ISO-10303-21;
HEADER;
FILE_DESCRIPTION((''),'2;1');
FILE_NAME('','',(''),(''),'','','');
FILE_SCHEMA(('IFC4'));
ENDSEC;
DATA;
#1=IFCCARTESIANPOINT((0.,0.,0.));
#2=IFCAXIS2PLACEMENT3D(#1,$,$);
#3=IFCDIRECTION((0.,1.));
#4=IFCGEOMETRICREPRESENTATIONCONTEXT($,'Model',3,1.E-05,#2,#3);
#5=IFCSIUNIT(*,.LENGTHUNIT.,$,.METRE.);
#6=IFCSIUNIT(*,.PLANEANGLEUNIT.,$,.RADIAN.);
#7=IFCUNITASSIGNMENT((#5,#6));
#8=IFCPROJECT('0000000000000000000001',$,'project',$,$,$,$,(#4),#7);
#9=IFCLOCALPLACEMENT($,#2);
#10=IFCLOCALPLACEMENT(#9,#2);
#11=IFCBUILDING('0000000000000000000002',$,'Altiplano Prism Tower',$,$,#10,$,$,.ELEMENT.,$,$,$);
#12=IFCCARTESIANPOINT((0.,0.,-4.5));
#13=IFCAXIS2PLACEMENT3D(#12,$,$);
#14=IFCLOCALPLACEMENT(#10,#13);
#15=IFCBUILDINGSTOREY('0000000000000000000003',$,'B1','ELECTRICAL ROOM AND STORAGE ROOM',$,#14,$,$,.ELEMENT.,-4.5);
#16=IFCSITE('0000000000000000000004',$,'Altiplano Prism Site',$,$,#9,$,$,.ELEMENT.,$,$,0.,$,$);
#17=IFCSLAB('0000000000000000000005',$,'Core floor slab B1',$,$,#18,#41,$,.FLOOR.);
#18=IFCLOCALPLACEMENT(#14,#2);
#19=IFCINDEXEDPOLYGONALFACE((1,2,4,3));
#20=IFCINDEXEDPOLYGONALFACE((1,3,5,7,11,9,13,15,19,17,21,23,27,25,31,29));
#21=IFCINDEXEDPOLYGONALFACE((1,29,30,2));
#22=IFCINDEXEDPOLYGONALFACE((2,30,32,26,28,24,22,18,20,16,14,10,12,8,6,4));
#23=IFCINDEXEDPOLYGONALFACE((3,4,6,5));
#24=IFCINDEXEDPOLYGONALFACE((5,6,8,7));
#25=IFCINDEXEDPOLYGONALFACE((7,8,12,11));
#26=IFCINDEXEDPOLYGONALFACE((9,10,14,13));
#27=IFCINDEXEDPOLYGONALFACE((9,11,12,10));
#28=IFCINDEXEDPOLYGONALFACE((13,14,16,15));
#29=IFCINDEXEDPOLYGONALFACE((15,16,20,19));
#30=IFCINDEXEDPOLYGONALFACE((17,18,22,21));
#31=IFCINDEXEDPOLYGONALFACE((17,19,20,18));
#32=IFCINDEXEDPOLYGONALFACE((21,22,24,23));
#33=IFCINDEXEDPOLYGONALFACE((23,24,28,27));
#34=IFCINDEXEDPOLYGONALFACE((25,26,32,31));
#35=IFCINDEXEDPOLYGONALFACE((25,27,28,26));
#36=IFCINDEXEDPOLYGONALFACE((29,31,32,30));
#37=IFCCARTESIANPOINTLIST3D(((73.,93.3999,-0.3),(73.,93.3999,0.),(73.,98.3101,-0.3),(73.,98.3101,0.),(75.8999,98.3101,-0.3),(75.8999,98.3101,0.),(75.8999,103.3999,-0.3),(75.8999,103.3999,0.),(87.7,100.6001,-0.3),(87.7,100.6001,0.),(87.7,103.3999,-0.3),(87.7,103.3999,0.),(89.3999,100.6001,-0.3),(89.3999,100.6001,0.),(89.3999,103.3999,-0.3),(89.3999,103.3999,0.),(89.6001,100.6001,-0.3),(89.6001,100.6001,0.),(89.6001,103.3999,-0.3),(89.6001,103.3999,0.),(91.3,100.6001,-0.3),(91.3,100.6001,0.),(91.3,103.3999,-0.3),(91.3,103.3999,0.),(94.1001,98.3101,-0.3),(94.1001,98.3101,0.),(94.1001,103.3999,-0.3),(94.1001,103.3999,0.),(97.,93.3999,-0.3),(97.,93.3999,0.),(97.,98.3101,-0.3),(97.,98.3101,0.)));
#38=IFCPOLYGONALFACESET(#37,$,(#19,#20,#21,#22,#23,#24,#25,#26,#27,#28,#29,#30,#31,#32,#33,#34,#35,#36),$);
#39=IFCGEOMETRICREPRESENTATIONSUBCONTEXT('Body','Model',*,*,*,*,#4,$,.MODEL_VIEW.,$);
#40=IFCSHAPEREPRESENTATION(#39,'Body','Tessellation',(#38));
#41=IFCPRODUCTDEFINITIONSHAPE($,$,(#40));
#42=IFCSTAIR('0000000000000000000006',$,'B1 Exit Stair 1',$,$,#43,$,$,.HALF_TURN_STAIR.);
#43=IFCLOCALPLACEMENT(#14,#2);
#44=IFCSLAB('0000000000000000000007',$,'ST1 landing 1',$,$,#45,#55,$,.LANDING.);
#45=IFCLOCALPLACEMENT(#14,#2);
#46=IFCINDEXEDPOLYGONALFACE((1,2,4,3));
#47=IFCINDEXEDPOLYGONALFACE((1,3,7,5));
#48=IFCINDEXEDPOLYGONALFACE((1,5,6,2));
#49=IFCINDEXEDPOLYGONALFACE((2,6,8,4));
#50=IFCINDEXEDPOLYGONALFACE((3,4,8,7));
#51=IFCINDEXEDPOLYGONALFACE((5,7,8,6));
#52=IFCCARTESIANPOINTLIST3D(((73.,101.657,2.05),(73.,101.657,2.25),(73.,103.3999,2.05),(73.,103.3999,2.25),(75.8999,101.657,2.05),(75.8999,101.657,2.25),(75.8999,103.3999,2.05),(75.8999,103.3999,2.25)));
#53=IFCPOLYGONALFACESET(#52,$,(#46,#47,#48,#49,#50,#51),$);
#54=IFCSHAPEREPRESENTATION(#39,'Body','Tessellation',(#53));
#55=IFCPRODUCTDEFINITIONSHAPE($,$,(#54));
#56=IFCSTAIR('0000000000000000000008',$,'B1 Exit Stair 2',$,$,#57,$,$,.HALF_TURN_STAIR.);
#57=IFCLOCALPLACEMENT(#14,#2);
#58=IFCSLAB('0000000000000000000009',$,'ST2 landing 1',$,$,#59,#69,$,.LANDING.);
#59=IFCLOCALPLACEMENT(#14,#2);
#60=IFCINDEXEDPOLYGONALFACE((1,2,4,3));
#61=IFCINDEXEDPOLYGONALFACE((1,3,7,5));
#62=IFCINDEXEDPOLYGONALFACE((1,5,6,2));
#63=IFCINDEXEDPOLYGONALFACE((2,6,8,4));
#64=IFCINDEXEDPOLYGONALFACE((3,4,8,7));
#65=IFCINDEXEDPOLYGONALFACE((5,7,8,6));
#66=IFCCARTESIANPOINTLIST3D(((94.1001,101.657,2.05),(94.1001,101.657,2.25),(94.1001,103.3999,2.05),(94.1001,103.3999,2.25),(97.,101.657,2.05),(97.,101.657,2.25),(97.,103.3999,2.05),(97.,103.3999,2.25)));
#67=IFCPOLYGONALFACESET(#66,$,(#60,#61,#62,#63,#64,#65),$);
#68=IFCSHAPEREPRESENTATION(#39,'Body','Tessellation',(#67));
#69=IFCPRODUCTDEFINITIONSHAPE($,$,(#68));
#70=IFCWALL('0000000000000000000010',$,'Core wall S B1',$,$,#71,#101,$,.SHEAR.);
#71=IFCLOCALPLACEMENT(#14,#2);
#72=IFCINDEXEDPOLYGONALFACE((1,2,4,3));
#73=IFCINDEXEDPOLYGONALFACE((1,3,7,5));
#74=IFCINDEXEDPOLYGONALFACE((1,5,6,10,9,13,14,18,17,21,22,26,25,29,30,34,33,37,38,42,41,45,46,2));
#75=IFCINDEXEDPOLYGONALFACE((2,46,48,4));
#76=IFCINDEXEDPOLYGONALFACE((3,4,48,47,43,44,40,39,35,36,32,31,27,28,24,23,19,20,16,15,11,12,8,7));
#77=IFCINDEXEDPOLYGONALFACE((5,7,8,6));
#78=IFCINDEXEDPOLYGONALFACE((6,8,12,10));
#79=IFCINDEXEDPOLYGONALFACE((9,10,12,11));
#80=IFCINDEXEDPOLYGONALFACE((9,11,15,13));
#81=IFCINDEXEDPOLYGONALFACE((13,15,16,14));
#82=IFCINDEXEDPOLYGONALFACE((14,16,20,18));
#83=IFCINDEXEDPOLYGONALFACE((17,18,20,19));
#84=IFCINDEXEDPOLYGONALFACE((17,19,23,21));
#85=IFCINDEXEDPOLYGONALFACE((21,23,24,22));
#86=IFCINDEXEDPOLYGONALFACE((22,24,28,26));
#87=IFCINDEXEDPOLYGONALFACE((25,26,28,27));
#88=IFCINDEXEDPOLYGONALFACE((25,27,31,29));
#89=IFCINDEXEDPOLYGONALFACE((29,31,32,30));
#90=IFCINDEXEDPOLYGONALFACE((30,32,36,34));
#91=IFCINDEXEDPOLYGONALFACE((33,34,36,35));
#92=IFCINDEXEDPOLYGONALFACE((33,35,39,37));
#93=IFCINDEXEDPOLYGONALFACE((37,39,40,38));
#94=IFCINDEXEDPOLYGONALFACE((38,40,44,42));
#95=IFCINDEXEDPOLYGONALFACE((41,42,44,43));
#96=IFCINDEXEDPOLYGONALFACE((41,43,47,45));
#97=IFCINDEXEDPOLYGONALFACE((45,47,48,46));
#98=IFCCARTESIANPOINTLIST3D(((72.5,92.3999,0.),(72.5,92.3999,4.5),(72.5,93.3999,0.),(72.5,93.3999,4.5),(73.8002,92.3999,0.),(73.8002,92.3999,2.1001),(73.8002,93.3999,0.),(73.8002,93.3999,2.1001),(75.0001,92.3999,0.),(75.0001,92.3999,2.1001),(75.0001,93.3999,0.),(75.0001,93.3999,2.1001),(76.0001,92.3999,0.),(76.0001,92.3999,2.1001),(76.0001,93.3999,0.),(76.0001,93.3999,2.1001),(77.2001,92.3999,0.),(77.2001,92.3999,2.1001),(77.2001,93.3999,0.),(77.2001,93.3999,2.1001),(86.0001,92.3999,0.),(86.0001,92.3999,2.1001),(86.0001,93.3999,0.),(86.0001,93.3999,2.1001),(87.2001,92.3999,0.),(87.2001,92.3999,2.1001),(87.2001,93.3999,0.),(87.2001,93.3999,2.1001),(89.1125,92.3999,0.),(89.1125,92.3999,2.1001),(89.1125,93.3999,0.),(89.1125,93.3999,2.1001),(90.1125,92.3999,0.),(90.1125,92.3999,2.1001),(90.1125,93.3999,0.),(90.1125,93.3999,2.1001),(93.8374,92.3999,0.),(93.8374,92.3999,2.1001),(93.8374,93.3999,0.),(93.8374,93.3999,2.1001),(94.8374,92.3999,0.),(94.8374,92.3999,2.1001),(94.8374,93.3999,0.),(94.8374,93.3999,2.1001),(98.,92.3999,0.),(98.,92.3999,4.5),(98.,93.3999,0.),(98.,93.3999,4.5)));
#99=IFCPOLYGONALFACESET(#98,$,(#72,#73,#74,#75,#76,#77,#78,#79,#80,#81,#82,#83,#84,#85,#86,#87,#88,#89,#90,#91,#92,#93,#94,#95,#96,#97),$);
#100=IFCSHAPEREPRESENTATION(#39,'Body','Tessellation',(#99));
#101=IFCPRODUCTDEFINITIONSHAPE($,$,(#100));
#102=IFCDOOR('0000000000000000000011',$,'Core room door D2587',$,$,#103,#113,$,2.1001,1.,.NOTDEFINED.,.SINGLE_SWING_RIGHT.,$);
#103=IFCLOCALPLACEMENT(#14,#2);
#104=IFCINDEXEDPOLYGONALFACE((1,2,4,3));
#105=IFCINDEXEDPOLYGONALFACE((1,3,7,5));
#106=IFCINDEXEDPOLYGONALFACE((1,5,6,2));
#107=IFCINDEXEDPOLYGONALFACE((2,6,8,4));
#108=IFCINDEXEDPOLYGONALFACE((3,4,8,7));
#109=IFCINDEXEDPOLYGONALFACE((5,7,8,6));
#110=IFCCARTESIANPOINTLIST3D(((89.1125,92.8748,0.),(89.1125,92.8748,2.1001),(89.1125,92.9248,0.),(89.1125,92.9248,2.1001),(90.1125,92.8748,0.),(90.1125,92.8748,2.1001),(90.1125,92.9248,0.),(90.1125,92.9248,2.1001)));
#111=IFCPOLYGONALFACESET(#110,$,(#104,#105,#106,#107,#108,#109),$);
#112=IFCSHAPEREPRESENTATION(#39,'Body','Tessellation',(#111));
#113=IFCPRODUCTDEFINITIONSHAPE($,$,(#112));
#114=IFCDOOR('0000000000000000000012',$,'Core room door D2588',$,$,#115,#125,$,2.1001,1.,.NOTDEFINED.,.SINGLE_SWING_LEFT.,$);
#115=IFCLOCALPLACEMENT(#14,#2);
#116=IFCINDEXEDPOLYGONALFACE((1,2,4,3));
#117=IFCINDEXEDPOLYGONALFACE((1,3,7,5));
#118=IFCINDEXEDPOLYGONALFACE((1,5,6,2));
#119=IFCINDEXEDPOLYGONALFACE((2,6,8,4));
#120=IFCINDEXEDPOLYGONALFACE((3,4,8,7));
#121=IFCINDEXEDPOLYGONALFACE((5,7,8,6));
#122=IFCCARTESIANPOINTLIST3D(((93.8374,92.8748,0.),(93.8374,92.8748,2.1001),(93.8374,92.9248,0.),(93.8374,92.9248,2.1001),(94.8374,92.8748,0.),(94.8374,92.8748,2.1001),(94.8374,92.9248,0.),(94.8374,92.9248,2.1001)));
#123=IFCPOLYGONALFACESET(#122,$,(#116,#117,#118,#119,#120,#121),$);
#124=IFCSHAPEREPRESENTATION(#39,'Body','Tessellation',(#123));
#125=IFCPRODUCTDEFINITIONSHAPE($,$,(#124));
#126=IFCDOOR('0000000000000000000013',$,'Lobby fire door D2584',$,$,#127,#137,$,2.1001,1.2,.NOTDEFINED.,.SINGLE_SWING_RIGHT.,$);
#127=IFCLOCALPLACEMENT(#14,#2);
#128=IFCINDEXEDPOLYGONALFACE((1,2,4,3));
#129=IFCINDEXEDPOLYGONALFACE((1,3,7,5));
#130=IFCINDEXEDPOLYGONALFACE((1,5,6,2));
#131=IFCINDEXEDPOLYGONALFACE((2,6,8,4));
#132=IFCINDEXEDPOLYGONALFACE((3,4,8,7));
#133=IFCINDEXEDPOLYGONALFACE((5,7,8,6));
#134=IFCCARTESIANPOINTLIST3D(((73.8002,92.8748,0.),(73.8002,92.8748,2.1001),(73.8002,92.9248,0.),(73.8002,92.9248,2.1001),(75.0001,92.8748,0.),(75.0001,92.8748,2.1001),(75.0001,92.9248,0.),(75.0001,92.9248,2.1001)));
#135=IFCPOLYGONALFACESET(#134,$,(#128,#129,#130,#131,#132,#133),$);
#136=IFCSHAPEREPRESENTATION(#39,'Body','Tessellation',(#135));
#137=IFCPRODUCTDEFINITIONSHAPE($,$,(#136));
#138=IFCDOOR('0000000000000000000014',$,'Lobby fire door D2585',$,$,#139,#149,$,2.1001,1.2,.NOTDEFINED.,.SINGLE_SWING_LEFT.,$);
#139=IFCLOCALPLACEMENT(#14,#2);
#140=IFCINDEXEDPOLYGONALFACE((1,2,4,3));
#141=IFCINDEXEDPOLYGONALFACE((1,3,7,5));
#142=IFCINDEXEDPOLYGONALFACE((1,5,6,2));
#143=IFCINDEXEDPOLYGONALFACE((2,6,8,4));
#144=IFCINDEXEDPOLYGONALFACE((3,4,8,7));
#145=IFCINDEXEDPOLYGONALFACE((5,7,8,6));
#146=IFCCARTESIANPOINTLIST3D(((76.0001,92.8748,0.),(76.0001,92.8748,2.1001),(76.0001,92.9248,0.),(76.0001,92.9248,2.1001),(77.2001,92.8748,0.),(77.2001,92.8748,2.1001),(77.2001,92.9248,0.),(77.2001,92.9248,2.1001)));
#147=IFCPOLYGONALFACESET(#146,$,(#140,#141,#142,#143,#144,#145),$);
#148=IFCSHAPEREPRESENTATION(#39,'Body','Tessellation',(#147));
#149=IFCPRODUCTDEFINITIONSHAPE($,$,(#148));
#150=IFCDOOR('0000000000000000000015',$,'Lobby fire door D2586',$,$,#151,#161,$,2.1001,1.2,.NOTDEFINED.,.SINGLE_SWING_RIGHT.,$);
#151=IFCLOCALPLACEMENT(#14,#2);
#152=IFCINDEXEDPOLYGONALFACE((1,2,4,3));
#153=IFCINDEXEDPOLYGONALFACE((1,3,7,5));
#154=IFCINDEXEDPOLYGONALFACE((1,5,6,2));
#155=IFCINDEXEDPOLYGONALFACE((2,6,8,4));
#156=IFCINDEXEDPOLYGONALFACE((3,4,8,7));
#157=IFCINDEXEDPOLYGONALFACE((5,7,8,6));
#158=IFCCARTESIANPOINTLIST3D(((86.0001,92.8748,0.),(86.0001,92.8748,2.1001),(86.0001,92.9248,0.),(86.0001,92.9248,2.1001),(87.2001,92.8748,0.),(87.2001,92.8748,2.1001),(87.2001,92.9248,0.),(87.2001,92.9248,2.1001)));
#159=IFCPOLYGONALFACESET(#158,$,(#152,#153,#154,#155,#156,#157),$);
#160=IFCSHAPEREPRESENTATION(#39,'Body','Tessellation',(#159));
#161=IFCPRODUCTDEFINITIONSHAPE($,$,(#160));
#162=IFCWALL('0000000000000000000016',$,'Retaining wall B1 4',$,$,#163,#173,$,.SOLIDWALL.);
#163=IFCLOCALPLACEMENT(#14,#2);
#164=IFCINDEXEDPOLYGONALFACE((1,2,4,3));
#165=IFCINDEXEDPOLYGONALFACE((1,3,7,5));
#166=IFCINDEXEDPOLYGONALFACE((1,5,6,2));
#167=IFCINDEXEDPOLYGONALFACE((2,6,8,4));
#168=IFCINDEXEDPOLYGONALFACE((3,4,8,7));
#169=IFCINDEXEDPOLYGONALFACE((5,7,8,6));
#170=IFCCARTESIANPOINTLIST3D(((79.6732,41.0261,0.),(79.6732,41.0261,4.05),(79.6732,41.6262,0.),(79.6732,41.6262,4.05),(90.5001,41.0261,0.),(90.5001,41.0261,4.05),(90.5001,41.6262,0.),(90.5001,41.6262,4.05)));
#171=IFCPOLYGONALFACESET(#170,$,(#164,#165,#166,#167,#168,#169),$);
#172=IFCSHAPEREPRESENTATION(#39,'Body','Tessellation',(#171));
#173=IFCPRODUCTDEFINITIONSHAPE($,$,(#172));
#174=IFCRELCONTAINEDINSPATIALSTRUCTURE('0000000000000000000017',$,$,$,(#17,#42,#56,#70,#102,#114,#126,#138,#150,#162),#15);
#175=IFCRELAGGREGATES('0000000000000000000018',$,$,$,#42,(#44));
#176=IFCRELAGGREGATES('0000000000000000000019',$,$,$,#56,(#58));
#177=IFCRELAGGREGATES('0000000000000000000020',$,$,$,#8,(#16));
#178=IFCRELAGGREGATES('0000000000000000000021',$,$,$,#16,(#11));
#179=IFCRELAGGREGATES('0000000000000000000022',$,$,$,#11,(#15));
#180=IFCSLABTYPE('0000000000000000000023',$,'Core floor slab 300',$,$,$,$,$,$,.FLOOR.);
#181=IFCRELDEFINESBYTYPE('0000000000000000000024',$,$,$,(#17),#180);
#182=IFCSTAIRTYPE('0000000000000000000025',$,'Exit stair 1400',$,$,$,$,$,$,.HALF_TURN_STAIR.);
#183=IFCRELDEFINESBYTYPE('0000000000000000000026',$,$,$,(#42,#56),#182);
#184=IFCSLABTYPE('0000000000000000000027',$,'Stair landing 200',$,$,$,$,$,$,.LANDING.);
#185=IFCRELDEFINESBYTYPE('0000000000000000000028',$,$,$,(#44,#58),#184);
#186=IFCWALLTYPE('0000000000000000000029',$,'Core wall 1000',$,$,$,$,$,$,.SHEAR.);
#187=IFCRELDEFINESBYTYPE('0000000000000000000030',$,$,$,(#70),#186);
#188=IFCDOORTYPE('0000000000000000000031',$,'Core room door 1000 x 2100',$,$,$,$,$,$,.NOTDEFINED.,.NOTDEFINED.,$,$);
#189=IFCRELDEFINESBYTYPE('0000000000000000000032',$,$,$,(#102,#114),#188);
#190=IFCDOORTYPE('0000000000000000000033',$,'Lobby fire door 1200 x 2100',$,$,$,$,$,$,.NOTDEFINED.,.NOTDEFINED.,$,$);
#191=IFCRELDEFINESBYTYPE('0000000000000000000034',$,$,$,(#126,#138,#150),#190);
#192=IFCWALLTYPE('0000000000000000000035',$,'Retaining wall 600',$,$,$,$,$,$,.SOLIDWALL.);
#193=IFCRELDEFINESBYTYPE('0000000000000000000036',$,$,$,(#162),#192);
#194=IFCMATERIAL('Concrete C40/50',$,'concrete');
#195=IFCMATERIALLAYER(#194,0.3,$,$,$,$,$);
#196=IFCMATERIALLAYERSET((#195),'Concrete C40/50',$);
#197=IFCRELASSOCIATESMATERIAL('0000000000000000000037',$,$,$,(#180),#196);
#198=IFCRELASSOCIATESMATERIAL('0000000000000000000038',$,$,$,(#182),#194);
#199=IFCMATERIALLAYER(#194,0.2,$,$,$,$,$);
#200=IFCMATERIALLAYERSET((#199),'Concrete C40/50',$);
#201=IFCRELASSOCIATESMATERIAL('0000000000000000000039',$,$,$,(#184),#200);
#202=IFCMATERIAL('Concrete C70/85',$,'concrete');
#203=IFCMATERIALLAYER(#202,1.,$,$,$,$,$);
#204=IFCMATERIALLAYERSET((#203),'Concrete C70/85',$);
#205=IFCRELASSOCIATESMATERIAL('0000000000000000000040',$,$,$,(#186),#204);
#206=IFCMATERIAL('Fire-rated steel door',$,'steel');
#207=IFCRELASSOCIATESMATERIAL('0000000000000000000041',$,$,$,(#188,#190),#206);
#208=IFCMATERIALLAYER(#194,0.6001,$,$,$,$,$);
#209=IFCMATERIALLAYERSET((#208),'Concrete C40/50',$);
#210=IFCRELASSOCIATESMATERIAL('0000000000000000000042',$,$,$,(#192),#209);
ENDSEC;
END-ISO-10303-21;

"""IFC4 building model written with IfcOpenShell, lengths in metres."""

from ifc_helpers import new_model, si_unit, direction, frame, frame_2d, origin, place, context, subcontext, project, spatial, polyline, rectangle, outline, extrude, material, layer, layer_set, type_object, element, fill, aggregate, save


model = new_model("IFC4")

# Units and contexts
model_context = context("Model", 3, precision=1e-05, world=origin(), true_north=direction((0.0, 1.0)))
body_context = subcontext(model_context, "Body", "Model", "MODEL_VIEW")
ifc_project = project(units=[si_unit("LENGTHUNIT", "METRE"), si_unit("PLANEANGLEUNIT", "RADIAN")], contexts=[model_context])

# Site, building, storey
site_placement = place(None, origin())
site = spatial("IfcSite", under=ifc_project, at=site_placement, Name="Altiplano Prism Site", CompositionType="ELEMENT", RefElevation=0.0)
building_placement = place(site_placement, origin())
building = spatial("IfcBuilding", under=site, at=building_placement, Name="Altiplano Prism Tower", CompositionType="ELEMENT")
storey_placement = place(building_placement, frame((0.0, 0.0, -4.5)))
storey = spatial("IfcBuildingStorey", under=building, at=storey_placement, Name="B1", Description="ELECTRICAL ROOM AND STORAGE ROOM", CompositionType="ELEMENT", Elevation=-4.5)

# Slab
ifc_material_1 = material(Name="Concrete C40/50", Category="concrete")
ifc_layer_1 = layer(ifc_material_1, 0.3)
ifc_layer_set_1 = layer_set([ifc_layer_1], Name="Concrete C40/50")
slab_type_1 = type_object("IfcSlabType", Name="Core floor slab 300", PredefinedType="FLOOR", material=ifc_layer_set_1)
slab_1_placement = place(storey_placement, frame((0.0, 0.0, -0.3)))
element("IfcSlab", 1, at=slab_1_placement, inside=storey, type_object=slab_type_1, Name="Core floor slab B1", PredefinedType="FLOOR", context=body_context, shape_type="SweptSolid", body=[
    extrude(outline(polyline([(97.0, 98.3101), (94.1001, 98.3101), (94.1001, 103.3999), (91.3, 103.3999), (91.3, 100.6001), (89.6001, 100.6001), (89.6001, 103.3999), (89.3999, 103.3999), (89.3999, 100.6001), (87.7, 100.6001), (87.7, 103.3999), (75.8999, 103.3999), (75.8999, 98.3101), (73.0, 98.3101), (73.0, 93.3999), (97.0, 93.3999), (97.0, 98.3101)])), origin(), (0.0, 0.0, 1.0), 0.3),
])

# Stairs, slabs
stair_type = type_object("IfcStairType", Name="Exit stair 1400", PredefinedType="HALF_TURN_STAIR", material=ifc_material_1)
stair_1_placement = place(storey_placement, origin())
stair_1 = element("IfcStair", 2, at=stair_1_placement, inside=storey, type_object=stair_type, Name="B1 Exit Stair 1", PredefinedType="HALF_TURN_STAIR")
ifc_layer_2 = layer(ifc_material_1, 0.2)
ifc_layer_set_2 = layer_set([ifc_layer_2], Name="Concrete C40/50")
slab_type_2 = type_object("IfcSlabType", Name="Stair landing 200", PredefinedType="LANDING", material=ifc_layer_set_2)
slab_2_placement = place(storey_placement, frame((0.0, 0.0, 2.05)))
slab_2 = element("IfcSlab", 3, at=slab_2_placement, type_object=slab_type_2, Name="ST1 landing 1", PredefinedType="LANDING", context=body_context, shape_type="SweptSolid", body=[
    extrude(outline(polyline([(75.8999, 101.657), (75.8999, 103.3999), (73.0, 103.3999), (73.0, 101.657), (75.8999, 101.657)])), origin(), (0.0, 0.0, 1.0), 0.2),
])
aggregate(stair_1, [slab_2])
stair_2_placement = place(storey_placement, origin())
stair_2 = element("IfcStair", 4, at=stair_2_placement, inside=storey, type_object=stair_type, Name="B1 Exit Stair 2", PredefinedType="HALF_TURN_STAIR")
slab_3_placement = place(storey_placement, frame((0.0, 0.0, 2.05)))
slab_3 = element("IfcSlab", 5, at=slab_3_placement, type_object=slab_type_2, Name="ST2 landing 1", PredefinedType="LANDING", context=body_context, shape_type="SweptSolid", body=[
    extrude(outline(polyline([(97.0, 101.657), (97.0, 103.3999), (94.1001, 103.3999), (94.1001, 101.657), (97.0, 101.657)])), origin(), (0.0, 0.0, 1.0), 0.2),
])
aggregate(stair_2, [slab_3])

# Wall, openings, doors
ifc_material_2 = material(Name="Concrete C70/85", Category="concrete")
ifc_layer_3 = layer(ifc_material_2, 1.0)
ifc_layer_set_3 = layer_set([ifc_layer_3], Name="Concrete C70/85")
wall_type_1 = type_object("IfcWallType", Name="Core wall 1000", PredefinedType="SHEAR", material=ifc_layer_set_3)
wall_1_placement = place(storey_placement, frame((72.5, 92.8999, 0.0), z_axis=(0.0, 0.0, 1.0), x_axis=(1.0, 0.0, 0.0)))
wall_1 = element("IfcWall", 6, at=wall_1_placement, inside=storey, type_object=wall_type_1, Name="Core wall S B1", PredefinedType="SHEAR", context=body_context, shape_type="SweptSolid", body=[
    extrude(rectangle(XDim=25.5, YDim=1.0, at=frame_2d((12.75, 0.0))), origin(), (0.0, 0.0, 1.0), 4.5),
])
opening_1_placement = place(wall_1_placement, frame((1.3, 0.0, 0.0)))
opening_1 = element("IfcOpeningElement", 7, at=opening_1_placement, cuts=wall_1, PredefinedType="OPENING", context=body_context, shape_type="SweptSolid", body=[
    extrude(rectangle(XDim=1.2, YDim=2.1001, at=frame_2d((0.6001, 1.05))), frame((0.0, 0.5105, 0.0), z_axis=(0.0, -1.0, 0.0), x_axis=(1.0, 0.0, 0.0)), (0.0, 0.0, 1.0), 1.021),
])
opening_2_placement = place(wall_1_placement, frame((3.5, 0.0, 0.0)))
opening_2 = element("IfcOpeningElement", 8, at=opening_2_placement, cuts=wall_1, PredefinedType="OPENING", context=body_context, shape_type="SweptSolid", body=[
    extrude(rectangle(XDim=1.2, YDim=2.1001, at=frame_2d((0.6001, 1.05))), frame((0.0, 0.5105, 0.0), z_axis=(0.0, -1.0, 0.0), x_axis=(1.0, 0.0, 0.0)), (0.0, 0.0, 1.0), 1.021),
])
opening_3_placement = place(wall_1_placement, frame((13.5, 0.0, 0.0)))
opening_3 = element("IfcOpeningElement", 9, at=opening_3_placement, cuts=wall_1, PredefinedType="OPENING", context=body_context, shape_type="SweptSolid", body=[
    extrude(rectangle(XDim=1.2, YDim=2.1001, at=frame_2d((0.6001, 1.05))), frame((0.0, 0.5105, 0.0), z_axis=(0.0, -1.0, 0.0), x_axis=(1.0, 0.0, 0.0)), (0.0, 0.0, 1.0), 1.021),
])
opening_4_placement = place(wall_1_placement, frame((16.6125, 0.0, 0.0)))
opening_4 = element("IfcOpeningElement", 10, at=opening_4_placement, cuts=wall_1, PredefinedType="OPENING", context=body_context, shape_type="SweptSolid", body=[
    extrude(rectangle(XDim=1.0, YDim=2.1001, at=frame_2d((0.5, 1.05))), frame((0.0, 0.5105, 0.0), z_axis=(0.0, -1.0, 0.0), x_axis=(1.0, 0.0, 0.0)), (0.0, 0.0, 1.0), 1.021),
])
opening_5_placement = place(wall_1_placement, frame((21.3374, 0.0, 0.0)))
opening_5 = element("IfcOpeningElement", 11, at=opening_5_placement, cuts=wall_1, PredefinedType="OPENING", context=body_context, shape_type="SweptSolid", body=[
    extrude(rectangle(XDim=1.0, YDim=2.1001, at=frame_2d((0.5, 1.05))), frame((0.0, 0.5105, 0.0), z_axis=(0.0, -1.0, 0.0), x_axis=(1.0, 0.0, 0.0)), (0.0, 0.0, 1.0), 1.021),
])
ifc_material_3 = material(Name="Fire-rated steel door", Category="steel")
door_type_1 = type_object("IfcDoorType", Name="Core room door 1000 x 2100", OperationType="NOTDEFINED", PredefinedType="NOTDEFINED", material=ifc_material_3)
door_1_placement = place(opening_4_placement, origin())
door_1 = element("IfcDoor", 12, at=door_1_placement, inside=storey, type_object=door_type_1, Name="Core room door D2587", OperationType="SINGLE_SWING_RIGHT", OverallHeight=2.1001, OverallWidth=1.0, PredefinedType="NOTDEFINED", context=body_context, shape_type="SweptSolid", body=[
    extrude(rectangle(XDim=1.0, YDim=2.1001, at=frame_2d((0.5, 1.05))), frame((0.0, 0.0249, 0.0), z_axis=(0.0, -1.0, 0.0), x_axis=(1.0, 0.0, 0.0)), (0.0, 0.0, 1.0), 0.05),
])
fill(opening_4, door_1)
door_2_placement = place(opening_5_placement, origin())
door_2 = element("IfcDoor", 13, at=door_2_placement, inside=storey, type_object=door_type_1, Name="Core room door D2588", OperationType="SINGLE_SWING_LEFT", OverallHeight=2.1001, OverallWidth=1.0, PredefinedType="NOTDEFINED", context=body_context, shape_type="SweptSolid", body=[
    extrude(rectangle(XDim=1.0, YDim=2.1001, at=frame_2d((0.5, 1.05))), frame((0.0, 0.0249, 0.0), z_axis=(0.0, -1.0, 0.0), x_axis=(1.0, 0.0, 0.0)), (0.0, 0.0, 1.0), 0.05),
])
fill(opening_5, door_2)
door_type_2 = type_object("IfcDoorType", Name="Lobby fire door 1200 x 2100", OperationType="NOTDEFINED", PredefinedType="NOTDEFINED", material=ifc_material_3)
door_3_placement = place(opening_1_placement, origin())
door_3 = element("IfcDoor", 14, at=door_3_placement, inside=storey, type_object=door_type_2, Name="Lobby fire door D2584", OperationType="SINGLE_SWING_RIGHT", OverallHeight=2.1001, OverallWidth=1.2, PredefinedType="NOTDEFINED", context=body_context, shape_type="SweptSolid", body=[
    extrude(rectangle(XDim=1.2, YDim=2.1001, at=frame_2d((0.6001, 1.05))), frame((0.0, 0.0249, 0.0), z_axis=(0.0, -1.0, 0.0), x_axis=(1.0, 0.0, 0.0)), (0.0, 0.0, 1.0), 0.05),
])
fill(opening_1, door_3)
door_4_placement = place(opening_2_placement, origin())
door_4 = element("IfcDoor", 15, at=door_4_placement, inside=storey, type_object=door_type_2, Name="Lobby fire door D2585", OperationType="SINGLE_SWING_LEFT", OverallHeight=2.1001, OverallWidth=1.2, PredefinedType="NOTDEFINED", context=body_context, shape_type="SweptSolid", body=[
    extrude(rectangle(XDim=1.2, YDim=2.1001, at=frame_2d((0.6001, 1.05))), frame((0.0, 0.0249, 0.0), z_axis=(0.0, -1.0, 0.0), x_axis=(1.0, 0.0, 0.0)), (0.0, 0.0, 1.0), 0.05),
])
fill(opening_2, door_4)
door_5_placement = place(opening_3_placement, origin())
door_5 = element("IfcDoor", 16, at=door_5_placement, inside=storey, type_object=door_type_2, Name="Lobby fire door D2586", OperationType="SINGLE_SWING_RIGHT", OverallHeight=2.1001, OverallWidth=1.2, PredefinedType="NOTDEFINED", context=body_context, shape_type="SweptSolid", body=[
    extrude(rectangle(XDim=1.2, YDim=2.1001, at=frame_2d((0.6001, 1.05))), frame((0.0, 0.0249, 0.0), z_axis=(0.0, -1.0, 0.0), x_axis=(1.0, 0.0, 0.0)), (0.0, 0.0, 1.0), 0.05),
])
fill(opening_3, door_5)

# Wall
ifc_layer_4 = layer(ifc_material_1, 0.6001)
ifc_layer_set_4 = layer_set([ifc_layer_4], Name="Concrete C40/50")
wall_type_2 = type_object("IfcWallType", Name="Retaining wall 600", PredefinedType="SOLIDWALL", material=ifc_layer_set_4)
wall_2_placement = place(storey_placement, frame((79.6731, 41.3262, 0.0), z_axis=(0.0, 0.0, 1.0), x_axis=(1.0, 0.0, 0.0)))
element("IfcWall", 17, at=wall_2_placement, inside=storey, type_object=wall_type_2, Name="Retaining wall B1 4", PredefinedType="SOLIDWALL", context=body_context, shape_type="SweptSolid", body=[
    extrude(rectangle(XDim=10.8269, YDim=0.6001, at=frame_2d((5.4136, 0.0))), origin(), (0.0, 0.0, 1.0), 4.05),
])

save(model, "model.ifc")
